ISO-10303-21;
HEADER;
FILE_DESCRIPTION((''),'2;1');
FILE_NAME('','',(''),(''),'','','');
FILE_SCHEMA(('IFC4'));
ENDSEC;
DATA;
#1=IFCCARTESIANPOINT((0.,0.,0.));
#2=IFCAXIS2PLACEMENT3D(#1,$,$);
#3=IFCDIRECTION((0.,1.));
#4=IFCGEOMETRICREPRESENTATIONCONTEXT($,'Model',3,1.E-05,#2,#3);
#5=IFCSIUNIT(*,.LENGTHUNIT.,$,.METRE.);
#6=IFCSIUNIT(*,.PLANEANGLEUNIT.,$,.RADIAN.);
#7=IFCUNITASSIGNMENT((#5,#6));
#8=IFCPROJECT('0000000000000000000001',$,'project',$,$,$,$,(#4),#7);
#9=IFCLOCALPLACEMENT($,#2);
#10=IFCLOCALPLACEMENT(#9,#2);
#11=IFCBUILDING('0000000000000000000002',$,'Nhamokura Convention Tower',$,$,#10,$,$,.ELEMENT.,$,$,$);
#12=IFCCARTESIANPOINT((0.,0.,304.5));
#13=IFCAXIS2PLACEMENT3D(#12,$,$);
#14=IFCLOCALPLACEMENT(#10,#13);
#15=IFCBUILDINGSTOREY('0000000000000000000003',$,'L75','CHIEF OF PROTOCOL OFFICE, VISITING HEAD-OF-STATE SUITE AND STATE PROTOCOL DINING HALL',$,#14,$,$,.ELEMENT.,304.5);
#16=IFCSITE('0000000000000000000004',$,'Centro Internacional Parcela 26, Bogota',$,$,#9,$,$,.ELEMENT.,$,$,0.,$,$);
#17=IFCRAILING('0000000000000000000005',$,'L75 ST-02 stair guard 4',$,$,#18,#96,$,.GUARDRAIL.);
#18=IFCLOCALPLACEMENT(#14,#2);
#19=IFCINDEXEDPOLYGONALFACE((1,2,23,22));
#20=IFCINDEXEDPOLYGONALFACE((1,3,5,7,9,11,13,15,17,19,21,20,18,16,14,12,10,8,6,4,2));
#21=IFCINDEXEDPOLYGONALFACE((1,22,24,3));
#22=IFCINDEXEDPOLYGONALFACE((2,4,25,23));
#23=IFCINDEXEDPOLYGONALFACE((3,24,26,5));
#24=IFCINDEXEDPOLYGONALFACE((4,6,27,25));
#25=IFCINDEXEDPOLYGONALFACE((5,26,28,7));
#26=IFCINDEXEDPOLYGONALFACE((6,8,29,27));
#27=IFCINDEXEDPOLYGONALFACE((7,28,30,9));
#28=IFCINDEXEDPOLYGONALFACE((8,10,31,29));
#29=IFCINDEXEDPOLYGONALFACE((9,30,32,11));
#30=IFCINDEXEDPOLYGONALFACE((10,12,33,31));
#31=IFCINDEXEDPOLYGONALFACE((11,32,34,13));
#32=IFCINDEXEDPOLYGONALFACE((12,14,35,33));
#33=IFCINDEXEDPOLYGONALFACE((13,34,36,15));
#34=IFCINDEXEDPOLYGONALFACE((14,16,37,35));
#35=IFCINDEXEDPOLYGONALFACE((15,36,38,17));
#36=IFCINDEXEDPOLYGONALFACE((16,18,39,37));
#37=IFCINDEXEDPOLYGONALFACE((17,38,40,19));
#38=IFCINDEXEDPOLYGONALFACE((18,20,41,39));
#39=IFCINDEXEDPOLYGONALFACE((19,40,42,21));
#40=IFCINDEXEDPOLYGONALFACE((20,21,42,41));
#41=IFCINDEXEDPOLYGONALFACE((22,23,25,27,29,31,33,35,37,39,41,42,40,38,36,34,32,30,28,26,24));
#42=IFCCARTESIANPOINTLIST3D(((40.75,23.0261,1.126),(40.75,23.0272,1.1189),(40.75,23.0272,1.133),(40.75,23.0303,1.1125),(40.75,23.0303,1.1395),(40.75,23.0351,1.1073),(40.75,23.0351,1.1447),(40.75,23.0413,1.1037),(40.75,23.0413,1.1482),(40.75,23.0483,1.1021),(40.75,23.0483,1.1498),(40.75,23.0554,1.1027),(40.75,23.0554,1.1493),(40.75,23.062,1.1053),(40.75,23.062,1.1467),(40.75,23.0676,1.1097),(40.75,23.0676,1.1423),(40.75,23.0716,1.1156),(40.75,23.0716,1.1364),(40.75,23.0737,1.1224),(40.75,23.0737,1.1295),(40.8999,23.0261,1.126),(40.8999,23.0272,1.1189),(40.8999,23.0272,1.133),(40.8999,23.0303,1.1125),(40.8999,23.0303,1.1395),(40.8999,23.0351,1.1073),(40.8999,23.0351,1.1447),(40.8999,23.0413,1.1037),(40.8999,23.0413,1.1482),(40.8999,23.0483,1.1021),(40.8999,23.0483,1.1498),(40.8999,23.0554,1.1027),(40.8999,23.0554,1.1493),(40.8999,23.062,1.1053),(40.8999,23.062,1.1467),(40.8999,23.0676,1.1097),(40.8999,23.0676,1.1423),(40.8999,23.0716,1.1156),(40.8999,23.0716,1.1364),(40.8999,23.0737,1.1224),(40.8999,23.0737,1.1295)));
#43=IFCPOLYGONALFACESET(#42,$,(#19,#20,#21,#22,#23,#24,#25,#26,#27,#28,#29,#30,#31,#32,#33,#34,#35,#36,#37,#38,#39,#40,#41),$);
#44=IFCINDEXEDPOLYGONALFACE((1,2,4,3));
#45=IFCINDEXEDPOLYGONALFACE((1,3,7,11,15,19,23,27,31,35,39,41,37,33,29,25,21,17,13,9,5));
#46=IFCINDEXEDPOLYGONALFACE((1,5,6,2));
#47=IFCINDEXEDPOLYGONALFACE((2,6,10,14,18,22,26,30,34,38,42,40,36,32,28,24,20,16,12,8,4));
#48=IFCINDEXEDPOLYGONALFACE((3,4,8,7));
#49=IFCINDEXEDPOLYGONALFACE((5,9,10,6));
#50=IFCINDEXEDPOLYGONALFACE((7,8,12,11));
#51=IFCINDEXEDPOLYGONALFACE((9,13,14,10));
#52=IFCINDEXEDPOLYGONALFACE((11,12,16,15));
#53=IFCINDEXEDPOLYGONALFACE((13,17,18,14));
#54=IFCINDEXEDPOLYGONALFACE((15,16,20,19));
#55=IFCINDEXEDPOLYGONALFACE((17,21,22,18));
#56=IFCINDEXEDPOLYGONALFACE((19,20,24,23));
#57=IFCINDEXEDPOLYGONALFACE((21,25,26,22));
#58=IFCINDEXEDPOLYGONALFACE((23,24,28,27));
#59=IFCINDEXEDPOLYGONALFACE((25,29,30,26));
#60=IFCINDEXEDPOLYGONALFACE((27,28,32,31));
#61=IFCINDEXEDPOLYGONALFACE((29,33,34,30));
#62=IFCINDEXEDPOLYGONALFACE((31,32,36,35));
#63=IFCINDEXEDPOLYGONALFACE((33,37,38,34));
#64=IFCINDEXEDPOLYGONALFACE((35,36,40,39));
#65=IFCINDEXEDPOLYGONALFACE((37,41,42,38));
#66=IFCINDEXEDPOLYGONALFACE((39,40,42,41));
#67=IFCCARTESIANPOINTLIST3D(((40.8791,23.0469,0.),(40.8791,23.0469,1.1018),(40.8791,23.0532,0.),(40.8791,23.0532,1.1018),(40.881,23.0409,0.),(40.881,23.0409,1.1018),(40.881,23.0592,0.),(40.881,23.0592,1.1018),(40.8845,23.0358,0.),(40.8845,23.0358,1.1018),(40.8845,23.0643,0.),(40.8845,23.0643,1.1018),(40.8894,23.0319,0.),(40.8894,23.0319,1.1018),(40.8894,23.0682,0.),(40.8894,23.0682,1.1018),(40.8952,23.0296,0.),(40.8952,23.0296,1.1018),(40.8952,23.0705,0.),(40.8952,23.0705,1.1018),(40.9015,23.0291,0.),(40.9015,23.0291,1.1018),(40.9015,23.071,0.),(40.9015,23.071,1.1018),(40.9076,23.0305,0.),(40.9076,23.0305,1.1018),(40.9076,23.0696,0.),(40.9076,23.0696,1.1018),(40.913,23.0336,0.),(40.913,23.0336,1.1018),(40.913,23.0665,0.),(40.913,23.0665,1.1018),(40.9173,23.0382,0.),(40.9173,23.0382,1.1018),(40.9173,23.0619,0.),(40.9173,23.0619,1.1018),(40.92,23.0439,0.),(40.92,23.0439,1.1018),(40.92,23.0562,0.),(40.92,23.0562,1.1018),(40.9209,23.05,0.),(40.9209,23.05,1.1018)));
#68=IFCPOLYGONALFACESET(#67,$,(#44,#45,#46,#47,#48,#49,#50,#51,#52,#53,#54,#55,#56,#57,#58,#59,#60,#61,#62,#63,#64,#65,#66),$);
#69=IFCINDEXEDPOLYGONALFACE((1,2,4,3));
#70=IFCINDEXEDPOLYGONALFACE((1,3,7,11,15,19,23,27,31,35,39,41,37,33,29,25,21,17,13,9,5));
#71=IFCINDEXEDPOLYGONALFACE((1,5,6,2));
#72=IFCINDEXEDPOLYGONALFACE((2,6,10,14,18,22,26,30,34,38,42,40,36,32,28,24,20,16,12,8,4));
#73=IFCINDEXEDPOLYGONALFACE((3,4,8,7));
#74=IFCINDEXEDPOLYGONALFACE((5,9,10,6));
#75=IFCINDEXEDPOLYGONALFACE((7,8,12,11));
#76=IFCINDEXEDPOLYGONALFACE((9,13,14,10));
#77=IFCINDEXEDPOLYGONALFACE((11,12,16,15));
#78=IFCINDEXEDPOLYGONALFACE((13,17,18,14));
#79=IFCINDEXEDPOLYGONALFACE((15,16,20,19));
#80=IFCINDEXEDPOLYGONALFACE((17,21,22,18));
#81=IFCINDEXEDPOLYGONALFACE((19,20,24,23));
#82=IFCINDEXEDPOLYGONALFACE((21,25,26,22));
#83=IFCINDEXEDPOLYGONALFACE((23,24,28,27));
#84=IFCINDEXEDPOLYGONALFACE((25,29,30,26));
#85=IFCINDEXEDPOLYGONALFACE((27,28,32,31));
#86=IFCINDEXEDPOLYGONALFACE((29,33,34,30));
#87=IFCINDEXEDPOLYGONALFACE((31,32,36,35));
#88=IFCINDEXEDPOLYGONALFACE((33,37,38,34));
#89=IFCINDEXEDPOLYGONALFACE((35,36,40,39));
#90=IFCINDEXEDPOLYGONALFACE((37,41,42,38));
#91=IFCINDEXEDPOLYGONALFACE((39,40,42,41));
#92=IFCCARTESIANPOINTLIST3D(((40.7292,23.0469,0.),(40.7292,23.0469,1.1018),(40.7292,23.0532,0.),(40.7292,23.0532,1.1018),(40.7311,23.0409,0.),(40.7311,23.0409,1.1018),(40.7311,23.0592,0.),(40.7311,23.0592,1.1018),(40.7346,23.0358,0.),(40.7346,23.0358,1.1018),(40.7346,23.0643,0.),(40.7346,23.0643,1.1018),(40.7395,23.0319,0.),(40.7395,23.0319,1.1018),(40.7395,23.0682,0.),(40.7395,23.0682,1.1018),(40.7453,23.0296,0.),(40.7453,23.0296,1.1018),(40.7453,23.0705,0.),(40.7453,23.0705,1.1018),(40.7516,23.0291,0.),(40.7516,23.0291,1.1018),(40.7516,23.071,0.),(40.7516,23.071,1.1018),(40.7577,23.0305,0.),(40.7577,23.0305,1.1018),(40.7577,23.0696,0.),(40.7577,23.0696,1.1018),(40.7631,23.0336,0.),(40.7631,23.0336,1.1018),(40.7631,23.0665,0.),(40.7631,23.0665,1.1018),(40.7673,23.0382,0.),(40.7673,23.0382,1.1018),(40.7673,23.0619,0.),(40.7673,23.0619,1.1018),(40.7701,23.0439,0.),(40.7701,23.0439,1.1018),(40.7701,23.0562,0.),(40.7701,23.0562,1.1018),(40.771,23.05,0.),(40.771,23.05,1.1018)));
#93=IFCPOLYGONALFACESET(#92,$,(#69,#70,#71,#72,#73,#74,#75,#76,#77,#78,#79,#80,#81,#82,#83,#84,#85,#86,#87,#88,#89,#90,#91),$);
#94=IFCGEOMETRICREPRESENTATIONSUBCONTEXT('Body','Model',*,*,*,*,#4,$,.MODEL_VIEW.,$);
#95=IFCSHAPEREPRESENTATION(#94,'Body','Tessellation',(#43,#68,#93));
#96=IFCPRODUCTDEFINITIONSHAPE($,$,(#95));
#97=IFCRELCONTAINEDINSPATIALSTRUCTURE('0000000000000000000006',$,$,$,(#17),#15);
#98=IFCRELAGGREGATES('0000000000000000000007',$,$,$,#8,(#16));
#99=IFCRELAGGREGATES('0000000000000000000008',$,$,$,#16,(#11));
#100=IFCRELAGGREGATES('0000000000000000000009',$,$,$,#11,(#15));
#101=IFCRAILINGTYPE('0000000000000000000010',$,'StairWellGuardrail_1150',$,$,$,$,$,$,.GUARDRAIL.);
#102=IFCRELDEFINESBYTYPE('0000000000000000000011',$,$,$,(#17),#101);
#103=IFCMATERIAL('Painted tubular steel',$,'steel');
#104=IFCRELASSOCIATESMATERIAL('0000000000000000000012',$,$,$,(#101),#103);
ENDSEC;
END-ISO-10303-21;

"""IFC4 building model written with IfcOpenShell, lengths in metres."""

from ifc_helpers import new_model, si_unit, direction, frame, origin, origin_2d, place, context, subcontext, project, spatial, circle, extrude, material, type_object, element, save


model = new_model("IFC4")

# Units and contexts
model_context = context("Model", 3, precision=1e-05, world=origin(), true_north=direction((0.0, 1.0)))
body_context = subcontext(model_context, "Body", "Model", "MODEL_VIEW")
ifc_project = project(units=[si_unit("LENGTHUNIT", "METRE"), si_unit("PLANEANGLEUNIT", "RADIAN")], contexts=[model_context])

# Site, building, storey
site_placement = place(None, origin())
site = spatial("IfcSite", under=ifc_project, at=site_placement, Name="Centro Internacional Parcela 26, Bogota", CompositionType="ELEMENT", RefElevation=0.0)
building_placement = place(site_placement, origin())
building = spatial("IfcBuilding", under=site, at=building_placement, Name="Nhamokura Convention Tower", CompositionType="ELEMENT")
storey_placement = place(building_placement, frame((0.0, 0.0, 304.5)))
storey = spatial("IfcBuildingStorey", under=building, at=storey_placement, Name="L75", Description="CHIEF OF PROTOCOL OFFICE, VISITING HEAD-OF-STATE SUITE AND STATE PROTOCOL DINING HALL", CompositionType="ELEMENT", Elevation=304.5)

# Railing
ifc_material_1 = material(Name="Painted tubular steel", Category="steel")
railing_type_1 = type_object("IfcRailingType", Name="StairWellGuardrail_1150", PredefinedType="GUARDRAIL", material=ifc_material_1)
railing_1_placement = place(storey_placement, frame((40.8999, 23.05, 0.0)))
element("IfcRailing", 1, at=railing_1_placement, inside=storey, type_object=railing_type_1, Name="L75 ST-02 stair guard 4", PredefinedType="GUARDRAIL", context=body_context, shape_type="SweptSolid", body=[
    extrude(circle(Radius=0.0239, at=origin_2d()), frame((0.0, 0.0, 1.126), z_axis=(-1.0, 0.0, 0.0), x_axis=(0.0, -1.0, 0.0)), (0.0, 0.0, 1.0), 0.1499),
    extrude(circle(Radius=0.021, at=origin_2d()), origin(), (0.0, 0.0, 1.0), 1.1018),
    extrude(circle(Radius=0.021, at=origin_2d()), frame((-0.1499, 0.0, 0.0)), (0.0, 0.0, 1.0), 1.1018),
])

save(model, "model.ifc")
